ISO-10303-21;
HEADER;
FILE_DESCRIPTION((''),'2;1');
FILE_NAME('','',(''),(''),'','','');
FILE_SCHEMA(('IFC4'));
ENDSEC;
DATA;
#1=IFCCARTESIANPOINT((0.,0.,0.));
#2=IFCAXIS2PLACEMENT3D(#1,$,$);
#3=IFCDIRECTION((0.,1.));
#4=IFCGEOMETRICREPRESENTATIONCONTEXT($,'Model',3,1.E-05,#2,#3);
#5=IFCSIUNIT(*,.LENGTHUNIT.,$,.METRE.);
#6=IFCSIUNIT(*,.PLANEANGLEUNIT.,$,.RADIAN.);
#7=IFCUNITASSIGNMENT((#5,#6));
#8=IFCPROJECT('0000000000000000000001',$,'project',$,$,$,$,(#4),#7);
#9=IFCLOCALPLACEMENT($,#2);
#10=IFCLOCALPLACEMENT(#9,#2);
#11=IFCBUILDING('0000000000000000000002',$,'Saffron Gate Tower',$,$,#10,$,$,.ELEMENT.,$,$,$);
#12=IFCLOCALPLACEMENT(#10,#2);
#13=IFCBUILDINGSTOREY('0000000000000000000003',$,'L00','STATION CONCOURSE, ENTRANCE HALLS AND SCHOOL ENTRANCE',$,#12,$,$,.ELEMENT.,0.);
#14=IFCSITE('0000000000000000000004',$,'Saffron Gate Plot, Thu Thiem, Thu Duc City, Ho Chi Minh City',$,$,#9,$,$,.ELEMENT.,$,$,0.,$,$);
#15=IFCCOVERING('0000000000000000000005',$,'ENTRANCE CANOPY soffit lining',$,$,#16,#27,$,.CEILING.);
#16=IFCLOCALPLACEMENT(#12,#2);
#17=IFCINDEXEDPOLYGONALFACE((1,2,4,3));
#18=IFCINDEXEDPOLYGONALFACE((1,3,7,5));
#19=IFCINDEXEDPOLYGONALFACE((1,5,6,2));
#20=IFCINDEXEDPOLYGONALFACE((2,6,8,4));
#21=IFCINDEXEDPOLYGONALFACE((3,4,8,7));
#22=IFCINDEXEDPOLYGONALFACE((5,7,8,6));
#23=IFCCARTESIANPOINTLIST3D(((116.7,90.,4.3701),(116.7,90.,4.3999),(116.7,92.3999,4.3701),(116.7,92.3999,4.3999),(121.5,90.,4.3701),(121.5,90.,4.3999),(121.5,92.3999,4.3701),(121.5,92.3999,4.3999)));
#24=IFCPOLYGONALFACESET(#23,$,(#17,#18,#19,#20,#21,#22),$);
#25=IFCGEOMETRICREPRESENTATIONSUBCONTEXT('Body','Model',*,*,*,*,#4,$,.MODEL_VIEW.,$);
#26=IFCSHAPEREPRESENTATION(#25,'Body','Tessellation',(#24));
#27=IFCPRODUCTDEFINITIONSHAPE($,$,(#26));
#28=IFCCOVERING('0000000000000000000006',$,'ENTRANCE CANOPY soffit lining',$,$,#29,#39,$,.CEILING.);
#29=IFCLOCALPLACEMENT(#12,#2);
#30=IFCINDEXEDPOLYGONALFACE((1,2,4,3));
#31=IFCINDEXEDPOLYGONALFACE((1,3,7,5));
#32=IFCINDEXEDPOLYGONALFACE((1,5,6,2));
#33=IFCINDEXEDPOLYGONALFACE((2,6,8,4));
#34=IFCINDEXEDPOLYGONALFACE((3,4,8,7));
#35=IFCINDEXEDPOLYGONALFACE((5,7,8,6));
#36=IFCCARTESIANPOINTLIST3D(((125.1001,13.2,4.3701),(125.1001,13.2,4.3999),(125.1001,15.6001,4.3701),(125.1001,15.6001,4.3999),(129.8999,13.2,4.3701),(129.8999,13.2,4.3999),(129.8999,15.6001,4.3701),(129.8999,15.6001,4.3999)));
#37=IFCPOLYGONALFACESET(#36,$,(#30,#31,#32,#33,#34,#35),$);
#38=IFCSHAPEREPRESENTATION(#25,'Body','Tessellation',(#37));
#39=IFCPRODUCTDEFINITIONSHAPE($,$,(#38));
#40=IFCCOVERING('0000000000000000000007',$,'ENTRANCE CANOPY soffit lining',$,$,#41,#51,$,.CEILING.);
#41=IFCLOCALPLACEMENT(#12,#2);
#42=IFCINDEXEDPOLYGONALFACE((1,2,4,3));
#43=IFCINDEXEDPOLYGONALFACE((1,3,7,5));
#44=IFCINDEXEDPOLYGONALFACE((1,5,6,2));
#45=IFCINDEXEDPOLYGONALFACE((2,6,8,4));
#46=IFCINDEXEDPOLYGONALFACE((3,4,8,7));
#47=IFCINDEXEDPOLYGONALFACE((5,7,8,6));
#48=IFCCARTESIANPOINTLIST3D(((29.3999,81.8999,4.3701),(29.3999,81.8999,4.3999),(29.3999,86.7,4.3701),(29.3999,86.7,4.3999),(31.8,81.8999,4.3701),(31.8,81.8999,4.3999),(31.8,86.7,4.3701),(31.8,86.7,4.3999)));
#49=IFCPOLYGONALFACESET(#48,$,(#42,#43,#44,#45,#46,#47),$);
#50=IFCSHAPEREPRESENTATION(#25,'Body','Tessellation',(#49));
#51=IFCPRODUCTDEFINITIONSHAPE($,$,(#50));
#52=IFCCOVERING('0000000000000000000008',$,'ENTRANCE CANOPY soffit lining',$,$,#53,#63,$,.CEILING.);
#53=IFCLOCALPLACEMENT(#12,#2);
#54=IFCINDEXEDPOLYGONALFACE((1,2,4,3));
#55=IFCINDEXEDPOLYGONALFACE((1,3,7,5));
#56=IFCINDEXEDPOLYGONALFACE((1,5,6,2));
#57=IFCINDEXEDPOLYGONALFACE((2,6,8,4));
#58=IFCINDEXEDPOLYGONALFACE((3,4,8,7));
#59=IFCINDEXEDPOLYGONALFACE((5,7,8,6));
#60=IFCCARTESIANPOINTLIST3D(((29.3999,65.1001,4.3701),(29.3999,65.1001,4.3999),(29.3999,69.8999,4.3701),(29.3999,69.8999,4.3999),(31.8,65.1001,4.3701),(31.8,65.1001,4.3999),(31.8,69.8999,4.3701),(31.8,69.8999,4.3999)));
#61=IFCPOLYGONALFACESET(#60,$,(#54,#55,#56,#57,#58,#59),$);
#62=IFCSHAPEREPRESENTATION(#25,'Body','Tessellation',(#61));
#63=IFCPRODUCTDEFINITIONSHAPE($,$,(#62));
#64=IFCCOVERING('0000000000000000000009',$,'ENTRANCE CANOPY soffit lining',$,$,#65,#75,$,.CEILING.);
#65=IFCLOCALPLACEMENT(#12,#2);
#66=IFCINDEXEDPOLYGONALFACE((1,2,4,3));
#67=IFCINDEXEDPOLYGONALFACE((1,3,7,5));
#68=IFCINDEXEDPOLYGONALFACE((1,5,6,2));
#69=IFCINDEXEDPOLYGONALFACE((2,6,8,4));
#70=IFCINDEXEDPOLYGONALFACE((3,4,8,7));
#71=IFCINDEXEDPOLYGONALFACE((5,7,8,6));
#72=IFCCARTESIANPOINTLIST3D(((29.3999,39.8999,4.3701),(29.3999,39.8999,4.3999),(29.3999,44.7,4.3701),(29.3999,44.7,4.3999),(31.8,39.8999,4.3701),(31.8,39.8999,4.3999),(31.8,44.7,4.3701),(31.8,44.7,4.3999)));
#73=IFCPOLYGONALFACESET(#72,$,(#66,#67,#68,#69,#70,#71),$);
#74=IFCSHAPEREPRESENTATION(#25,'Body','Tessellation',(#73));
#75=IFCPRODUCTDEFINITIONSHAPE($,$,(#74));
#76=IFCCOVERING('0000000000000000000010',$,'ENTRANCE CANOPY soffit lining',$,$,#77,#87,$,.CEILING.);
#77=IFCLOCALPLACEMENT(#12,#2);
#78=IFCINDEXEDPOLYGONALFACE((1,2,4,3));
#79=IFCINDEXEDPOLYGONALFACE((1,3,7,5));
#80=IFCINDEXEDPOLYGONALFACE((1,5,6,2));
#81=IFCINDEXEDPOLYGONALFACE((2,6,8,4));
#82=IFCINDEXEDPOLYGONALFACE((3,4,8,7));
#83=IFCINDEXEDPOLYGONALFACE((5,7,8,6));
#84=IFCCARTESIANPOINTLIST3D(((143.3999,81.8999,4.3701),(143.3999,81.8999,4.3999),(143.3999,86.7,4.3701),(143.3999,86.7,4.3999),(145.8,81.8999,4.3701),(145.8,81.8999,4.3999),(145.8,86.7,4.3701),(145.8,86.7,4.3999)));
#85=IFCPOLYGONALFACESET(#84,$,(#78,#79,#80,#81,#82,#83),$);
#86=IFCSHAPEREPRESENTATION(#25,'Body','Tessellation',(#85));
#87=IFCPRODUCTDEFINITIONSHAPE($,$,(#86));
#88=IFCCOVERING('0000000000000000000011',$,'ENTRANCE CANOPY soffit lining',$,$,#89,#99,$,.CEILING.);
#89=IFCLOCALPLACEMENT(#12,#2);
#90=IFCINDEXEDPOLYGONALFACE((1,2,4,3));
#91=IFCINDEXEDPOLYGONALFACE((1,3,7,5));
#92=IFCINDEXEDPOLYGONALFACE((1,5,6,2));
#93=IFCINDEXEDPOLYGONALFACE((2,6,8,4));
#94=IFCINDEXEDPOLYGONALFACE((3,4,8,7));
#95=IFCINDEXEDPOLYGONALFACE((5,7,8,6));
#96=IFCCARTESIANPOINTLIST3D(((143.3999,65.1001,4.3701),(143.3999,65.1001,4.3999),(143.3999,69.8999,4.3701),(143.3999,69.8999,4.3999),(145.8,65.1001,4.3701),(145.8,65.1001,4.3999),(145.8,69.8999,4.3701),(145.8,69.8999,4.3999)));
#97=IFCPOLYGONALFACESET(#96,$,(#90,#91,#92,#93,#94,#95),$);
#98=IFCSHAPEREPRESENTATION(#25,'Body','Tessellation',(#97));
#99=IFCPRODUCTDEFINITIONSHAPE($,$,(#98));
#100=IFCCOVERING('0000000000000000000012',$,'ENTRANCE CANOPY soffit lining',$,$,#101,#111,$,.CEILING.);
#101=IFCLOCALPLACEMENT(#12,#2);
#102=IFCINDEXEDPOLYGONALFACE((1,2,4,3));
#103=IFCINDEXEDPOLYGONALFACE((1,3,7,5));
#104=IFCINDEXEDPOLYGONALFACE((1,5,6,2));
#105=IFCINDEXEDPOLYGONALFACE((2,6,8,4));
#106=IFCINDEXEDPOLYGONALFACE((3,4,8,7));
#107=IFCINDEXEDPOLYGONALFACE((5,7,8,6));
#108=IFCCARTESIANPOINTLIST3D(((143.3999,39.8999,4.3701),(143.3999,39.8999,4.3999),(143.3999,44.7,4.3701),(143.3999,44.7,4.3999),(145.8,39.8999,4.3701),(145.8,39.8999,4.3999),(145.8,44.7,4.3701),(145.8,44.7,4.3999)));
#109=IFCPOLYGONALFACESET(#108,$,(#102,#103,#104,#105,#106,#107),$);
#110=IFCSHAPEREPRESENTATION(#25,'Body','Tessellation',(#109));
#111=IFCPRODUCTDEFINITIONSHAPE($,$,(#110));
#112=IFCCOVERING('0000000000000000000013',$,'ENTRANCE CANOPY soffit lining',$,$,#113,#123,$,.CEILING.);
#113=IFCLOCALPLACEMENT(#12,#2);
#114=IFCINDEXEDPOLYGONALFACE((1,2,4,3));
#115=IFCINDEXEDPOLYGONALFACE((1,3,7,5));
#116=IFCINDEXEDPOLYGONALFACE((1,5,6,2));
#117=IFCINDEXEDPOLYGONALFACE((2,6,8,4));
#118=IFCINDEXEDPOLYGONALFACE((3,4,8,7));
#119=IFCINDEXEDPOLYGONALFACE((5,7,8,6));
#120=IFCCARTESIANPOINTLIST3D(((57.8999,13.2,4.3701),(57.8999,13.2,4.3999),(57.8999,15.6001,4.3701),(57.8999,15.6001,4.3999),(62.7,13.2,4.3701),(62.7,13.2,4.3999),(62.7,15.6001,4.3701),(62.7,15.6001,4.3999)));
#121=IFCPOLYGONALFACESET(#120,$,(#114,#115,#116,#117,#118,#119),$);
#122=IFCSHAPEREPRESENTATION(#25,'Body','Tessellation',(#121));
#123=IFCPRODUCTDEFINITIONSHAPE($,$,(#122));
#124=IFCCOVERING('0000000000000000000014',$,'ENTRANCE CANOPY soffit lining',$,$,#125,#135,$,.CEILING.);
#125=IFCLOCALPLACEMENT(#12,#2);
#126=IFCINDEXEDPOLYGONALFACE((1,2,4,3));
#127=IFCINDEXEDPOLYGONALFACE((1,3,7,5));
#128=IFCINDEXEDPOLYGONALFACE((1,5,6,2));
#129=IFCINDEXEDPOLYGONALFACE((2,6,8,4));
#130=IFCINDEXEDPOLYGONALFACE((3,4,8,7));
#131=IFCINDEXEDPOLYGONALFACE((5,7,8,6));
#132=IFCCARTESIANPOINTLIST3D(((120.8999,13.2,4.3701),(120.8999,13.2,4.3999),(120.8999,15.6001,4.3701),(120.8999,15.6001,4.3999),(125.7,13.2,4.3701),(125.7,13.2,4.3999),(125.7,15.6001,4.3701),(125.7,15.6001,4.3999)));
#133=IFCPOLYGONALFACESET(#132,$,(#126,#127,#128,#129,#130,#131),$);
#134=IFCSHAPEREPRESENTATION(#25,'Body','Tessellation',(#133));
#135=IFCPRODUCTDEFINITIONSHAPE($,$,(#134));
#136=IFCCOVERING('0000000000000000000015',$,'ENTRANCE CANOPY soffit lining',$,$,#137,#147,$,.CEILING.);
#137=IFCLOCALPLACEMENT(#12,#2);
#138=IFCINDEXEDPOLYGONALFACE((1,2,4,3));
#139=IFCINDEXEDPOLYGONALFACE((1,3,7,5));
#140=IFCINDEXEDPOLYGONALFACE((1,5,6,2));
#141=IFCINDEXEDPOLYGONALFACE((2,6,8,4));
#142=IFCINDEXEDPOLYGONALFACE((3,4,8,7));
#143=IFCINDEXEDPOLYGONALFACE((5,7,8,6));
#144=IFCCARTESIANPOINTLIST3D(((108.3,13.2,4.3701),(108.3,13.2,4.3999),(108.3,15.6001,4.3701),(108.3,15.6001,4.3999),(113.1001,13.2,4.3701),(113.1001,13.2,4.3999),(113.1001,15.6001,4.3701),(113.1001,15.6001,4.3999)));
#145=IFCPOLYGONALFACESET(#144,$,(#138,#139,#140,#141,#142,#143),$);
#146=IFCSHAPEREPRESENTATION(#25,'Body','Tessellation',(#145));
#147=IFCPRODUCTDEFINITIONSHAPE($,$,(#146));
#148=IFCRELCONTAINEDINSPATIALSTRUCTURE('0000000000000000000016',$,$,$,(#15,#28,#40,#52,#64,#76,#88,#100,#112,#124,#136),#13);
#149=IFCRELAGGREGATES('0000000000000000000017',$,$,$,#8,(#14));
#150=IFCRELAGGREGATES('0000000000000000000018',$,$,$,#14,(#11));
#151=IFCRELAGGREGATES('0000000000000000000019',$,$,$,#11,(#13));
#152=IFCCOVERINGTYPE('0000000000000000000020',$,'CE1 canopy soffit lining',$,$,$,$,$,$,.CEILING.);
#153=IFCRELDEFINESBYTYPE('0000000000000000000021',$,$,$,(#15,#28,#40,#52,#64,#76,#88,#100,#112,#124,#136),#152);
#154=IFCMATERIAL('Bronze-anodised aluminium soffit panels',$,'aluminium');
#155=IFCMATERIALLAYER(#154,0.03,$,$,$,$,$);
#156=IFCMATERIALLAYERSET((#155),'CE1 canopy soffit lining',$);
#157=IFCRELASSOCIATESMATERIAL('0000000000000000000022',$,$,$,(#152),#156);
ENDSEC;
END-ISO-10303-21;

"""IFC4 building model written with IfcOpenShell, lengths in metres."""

from ifc_helpers import new_model, si_unit, direction, frame, origin, place, context, subcontext, project, spatial, polyline, outline, extrude, material, layer, layer_set, type_object, element, save


model = new_model("IFC4")

# Units and contexts
model_context = context("Model", 3, precision=1e-05, world=origin(), true_north=direction((0.0, 1.0)))
body_context = subcontext(model_context, "Body", "Model", "MODEL_VIEW")
ifc_project = project(units=[si_unit("LENGTHUNIT", "METRE"), si_unit("PLANEANGLEUNIT", "RADIAN")], contexts=[model_context])

# Site, building, storey
site_placement = place(None, origin())
site = spatial("IfcSite", under=ifc_project, at=site_placement, Name="Saffron Gate Plot, Thu Thiem, Thu Duc City, Ho Chi Minh City", CompositionType="ELEMENT", RefElevation=0.0)
building_placement = place(site_placement, origin())
building = spatial("IfcBuilding", under=site, at=building_placement, Name="Saffron Gate Tower", CompositionType="ELEMENT")
storey_placement = place(building_placement, origin())
storey = spatial("IfcBuildingStorey", under=building, at=storey_placement, Name="L00", Description="STATION CONCOURSE, ENTRANCE HALLS AND SCHOOL ENTRANCE", CompositionType="ELEMENT", Elevation=0.0)

# Coverings
ifc_material_1 = material(Name="Bronze-anodised aluminium soffit panels", Category="aluminium")
ifc_layer_1 = layer(ifc_material_1, 0.03)
ifc_layer_set_1 = layer_set([ifc_layer_1], Name="CE1 canopy soffit lining")
covering_type = type_object("IfcCoveringType", Name="CE1 canopy soffit lining", PredefinedType="CEILING", material=ifc_layer_set_1)
covering_1_placement = place(storey_placement, frame((0.0, 0.0, 4.3701)))
element("IfcCovering", 1, at=covering_1_placement, inside=storey, type_object=covering_type, Name="ENTRANCE CANOPY soffit lining", PredefinedType="CEILING", context=body_context, shape_type="SweptSolid", body=[
    extrude(outline(polyline([(121.5, 90.0), (116.7, 90.0), (116.7, 92.3999), (121.5, 92.3999), (121.5, 90.0)])), origin(), (0.0, 0.0, 1.0), 0.0298),
])
covering_2_placement = place(storey_placement, frame((0.0, 0.0, 4.3701)))
element("IfcCovering", 2, at=covering_2_placement, inside=storey, type_object=covering_type, Name="ENTRANCE CANOPY soffit lining", PredefinedType="CEILING", context=body_context, shape_type="SweptSolid", body=[
    extrude(outline(polyline([(125.1001, 15.6001), (129.8999, 15.6001), (129.8999, 13.2), (125.1001, 13.2), (125.1001, 15.6001)])), origin(), (0.0, 0.0, 1.0), 0.0298),
])
covering_3_placement = place(storey_placement, frame((0.0, 0.0, 4.3701)))
element("IfcCovering", 3, at=covering_3_placement, inside=storey, type_object=covering_type, Name="ENTRANCE CANOPY soffit lining", PredefinedType="CEILING", context=body_context, shape_type="SweptSolid", body=[
    extrude(outline(polyline([(31.8, 86.7), (31.8, 81.8999), (29.3999, 81.8999), (29.3999, 86.7), (31.8, 86.7)])), origin(), (0.0, 0.0, 1.0), 0.0298),
])
covering_4_placement = place(storey_placement, frame((0.0, 0.0, 4.3701)))
element("IfcCovering", 4, at=covering_4_placement, inside=storey, type_object=covering_type, Name="ENTRANCE CANOPY soffit lining", PredefinedType="CEILING", context=body_context, shape_type="SweptSolid", body=[
    extrude(outline(polyline([(31.8, 69.8999), (31.8, 65.1001), (29.3999, 65.1001), (29.3999, 69.8999), (31.8, 69.8999)])), origin(), (0.0, 0.0, 1.0), 0.0298),
])
covering_5_placement = place(storey_placement, frame((0.0, 0.0, 4.3701)))
element("IfcCovering", 5, at=covering_5_placement, inside=storey, type_object=covering_type, Name="ENTRANCE CANOPY soffit lining", PredefinedType="CEILING", context=body_context, shape_type="SweptSolid", body=[
    extrude(outline(polyline([(31.8, 44.7), (31.8, 39.8999), (29.3999, 39.8999), (29.3999, 44.7), (31.8, 44.7)])), origin(), (0.0, 0.0, 1.0), 0.0298),
])
covering_6_placement = place(storey_placement, frame((0.0, 0.0, 4.3701)))
element("IfcCovering", 6, at=covering_6_placement, inside=storey, type_object=covering_type, Name="ENTRANCE CANOPY soffit lining", PredefinedType="CEILING", context=body_context, shape_type="SweptSolid", body=[
    extrude(outline(polyline([(143.3999, 81.8999), (143.3999, 86.7), (145.8, 86.7), (145.8, 81.8999), (143.3999, 81.8999)])), origin(), (0.0, 0.0, 1.0), 0.0298),
])
covering_7_placement = place(storey_placement, frame((0.0, 0.0, 4.3701)))
element("IfcCovering", 7, at=covering_7_placement, inside=storey, type_object=covering_type, Name="ENTRANCE CANOPY soffit lining", PredefinedType="CEILING", context=body_context, shape_type="SweptSolid", body=[
    extrude(outline(polyline([(143.3999, 65.1001), (143.3999, 69.8999), (145.8, 69.8999), (145.8, 65.1001), (143.3999, 65.1001)])), origin(), (0.0, 0.0, 1.0), 0.0298),
])
covering_8_placement = place(storey_placement, frame((0.0, 0.0, 4.3701)))
element("IfcCovering", 8, at=covering_8_placement, inside=storey, type_object=covering_type, Name="ENTRANCE CANOPY soffit lining", PredefinedType="CEILING", context=body_context, shape_type="SweptSolid", body=[
    extrude(outline(polyline([(143.3999, 39.8999), (143.3999, 44.7), (145.8, 44.7), (145.8, 39.8999), (143.3999, 39.8999)])), origin(), (0.0, 0.0, 1.0), 0.0298),
])
covering_9_placement = place(storey_placement, frame((0.0, 0.0, 4.3701)))
element("IfcCovering", 9, at=covering_9_placement, inside=storey, type_object=covering_type, Name="ENTRANCE CANOPY soffit lining", PredefinedType="CEILING", context=body_context, shape_type="SweptSolid", body=[
    extrude(outline(polyline([(57.8999, 15.6001), (62.7, 15.6001), (62.7, 13.2), (57.8999, 13.2), (57.8999, 15.6001)])), origin(), (0.0, 0.0, 1.0), 0.0298),
])
covering_10_placement = place(storey_placement, frame((0.0, 0.0, 4.3701)))
element("IfcCovering", 10, at=covering_10_placement, inside=storey, type_object=covering_type, Name="ENTRANCE CANOPY soffit lining", PredefinedType="CEILING", context=body_context, shape_type="SweptSolid", body=[
    extrude(outline(polyline([(120.8999, 15.6001), (125.7, 15.6001), (125.7, 13.2), (120.8999, 13.2), (120.8999, 15.6001)])), origin(), (0.0, 0.0, 1.0), 0.0298),
])
covering_11_placement = place(storey_placement, frame((0.0, 0.0, 4.3701)))
element("IfcCovering", 11, at=covering_11_placement, inside=storey, type_object=covering_type, Name="ENTRANCE CANOPY soffit lining", PredefinedType="CEILING", context=body_context, shape_type="SweptSolid", body=[
    extrude(outline(polyline([(108.3, 15.6001), (113.1001, 15.6001), (113.1001, 13.2), (108.3, 13.2), (108.3, 15.6001)])), origin(), (0.0, 0.0, 1.0), 0.0298),
])

save(model, "model.ifc")
